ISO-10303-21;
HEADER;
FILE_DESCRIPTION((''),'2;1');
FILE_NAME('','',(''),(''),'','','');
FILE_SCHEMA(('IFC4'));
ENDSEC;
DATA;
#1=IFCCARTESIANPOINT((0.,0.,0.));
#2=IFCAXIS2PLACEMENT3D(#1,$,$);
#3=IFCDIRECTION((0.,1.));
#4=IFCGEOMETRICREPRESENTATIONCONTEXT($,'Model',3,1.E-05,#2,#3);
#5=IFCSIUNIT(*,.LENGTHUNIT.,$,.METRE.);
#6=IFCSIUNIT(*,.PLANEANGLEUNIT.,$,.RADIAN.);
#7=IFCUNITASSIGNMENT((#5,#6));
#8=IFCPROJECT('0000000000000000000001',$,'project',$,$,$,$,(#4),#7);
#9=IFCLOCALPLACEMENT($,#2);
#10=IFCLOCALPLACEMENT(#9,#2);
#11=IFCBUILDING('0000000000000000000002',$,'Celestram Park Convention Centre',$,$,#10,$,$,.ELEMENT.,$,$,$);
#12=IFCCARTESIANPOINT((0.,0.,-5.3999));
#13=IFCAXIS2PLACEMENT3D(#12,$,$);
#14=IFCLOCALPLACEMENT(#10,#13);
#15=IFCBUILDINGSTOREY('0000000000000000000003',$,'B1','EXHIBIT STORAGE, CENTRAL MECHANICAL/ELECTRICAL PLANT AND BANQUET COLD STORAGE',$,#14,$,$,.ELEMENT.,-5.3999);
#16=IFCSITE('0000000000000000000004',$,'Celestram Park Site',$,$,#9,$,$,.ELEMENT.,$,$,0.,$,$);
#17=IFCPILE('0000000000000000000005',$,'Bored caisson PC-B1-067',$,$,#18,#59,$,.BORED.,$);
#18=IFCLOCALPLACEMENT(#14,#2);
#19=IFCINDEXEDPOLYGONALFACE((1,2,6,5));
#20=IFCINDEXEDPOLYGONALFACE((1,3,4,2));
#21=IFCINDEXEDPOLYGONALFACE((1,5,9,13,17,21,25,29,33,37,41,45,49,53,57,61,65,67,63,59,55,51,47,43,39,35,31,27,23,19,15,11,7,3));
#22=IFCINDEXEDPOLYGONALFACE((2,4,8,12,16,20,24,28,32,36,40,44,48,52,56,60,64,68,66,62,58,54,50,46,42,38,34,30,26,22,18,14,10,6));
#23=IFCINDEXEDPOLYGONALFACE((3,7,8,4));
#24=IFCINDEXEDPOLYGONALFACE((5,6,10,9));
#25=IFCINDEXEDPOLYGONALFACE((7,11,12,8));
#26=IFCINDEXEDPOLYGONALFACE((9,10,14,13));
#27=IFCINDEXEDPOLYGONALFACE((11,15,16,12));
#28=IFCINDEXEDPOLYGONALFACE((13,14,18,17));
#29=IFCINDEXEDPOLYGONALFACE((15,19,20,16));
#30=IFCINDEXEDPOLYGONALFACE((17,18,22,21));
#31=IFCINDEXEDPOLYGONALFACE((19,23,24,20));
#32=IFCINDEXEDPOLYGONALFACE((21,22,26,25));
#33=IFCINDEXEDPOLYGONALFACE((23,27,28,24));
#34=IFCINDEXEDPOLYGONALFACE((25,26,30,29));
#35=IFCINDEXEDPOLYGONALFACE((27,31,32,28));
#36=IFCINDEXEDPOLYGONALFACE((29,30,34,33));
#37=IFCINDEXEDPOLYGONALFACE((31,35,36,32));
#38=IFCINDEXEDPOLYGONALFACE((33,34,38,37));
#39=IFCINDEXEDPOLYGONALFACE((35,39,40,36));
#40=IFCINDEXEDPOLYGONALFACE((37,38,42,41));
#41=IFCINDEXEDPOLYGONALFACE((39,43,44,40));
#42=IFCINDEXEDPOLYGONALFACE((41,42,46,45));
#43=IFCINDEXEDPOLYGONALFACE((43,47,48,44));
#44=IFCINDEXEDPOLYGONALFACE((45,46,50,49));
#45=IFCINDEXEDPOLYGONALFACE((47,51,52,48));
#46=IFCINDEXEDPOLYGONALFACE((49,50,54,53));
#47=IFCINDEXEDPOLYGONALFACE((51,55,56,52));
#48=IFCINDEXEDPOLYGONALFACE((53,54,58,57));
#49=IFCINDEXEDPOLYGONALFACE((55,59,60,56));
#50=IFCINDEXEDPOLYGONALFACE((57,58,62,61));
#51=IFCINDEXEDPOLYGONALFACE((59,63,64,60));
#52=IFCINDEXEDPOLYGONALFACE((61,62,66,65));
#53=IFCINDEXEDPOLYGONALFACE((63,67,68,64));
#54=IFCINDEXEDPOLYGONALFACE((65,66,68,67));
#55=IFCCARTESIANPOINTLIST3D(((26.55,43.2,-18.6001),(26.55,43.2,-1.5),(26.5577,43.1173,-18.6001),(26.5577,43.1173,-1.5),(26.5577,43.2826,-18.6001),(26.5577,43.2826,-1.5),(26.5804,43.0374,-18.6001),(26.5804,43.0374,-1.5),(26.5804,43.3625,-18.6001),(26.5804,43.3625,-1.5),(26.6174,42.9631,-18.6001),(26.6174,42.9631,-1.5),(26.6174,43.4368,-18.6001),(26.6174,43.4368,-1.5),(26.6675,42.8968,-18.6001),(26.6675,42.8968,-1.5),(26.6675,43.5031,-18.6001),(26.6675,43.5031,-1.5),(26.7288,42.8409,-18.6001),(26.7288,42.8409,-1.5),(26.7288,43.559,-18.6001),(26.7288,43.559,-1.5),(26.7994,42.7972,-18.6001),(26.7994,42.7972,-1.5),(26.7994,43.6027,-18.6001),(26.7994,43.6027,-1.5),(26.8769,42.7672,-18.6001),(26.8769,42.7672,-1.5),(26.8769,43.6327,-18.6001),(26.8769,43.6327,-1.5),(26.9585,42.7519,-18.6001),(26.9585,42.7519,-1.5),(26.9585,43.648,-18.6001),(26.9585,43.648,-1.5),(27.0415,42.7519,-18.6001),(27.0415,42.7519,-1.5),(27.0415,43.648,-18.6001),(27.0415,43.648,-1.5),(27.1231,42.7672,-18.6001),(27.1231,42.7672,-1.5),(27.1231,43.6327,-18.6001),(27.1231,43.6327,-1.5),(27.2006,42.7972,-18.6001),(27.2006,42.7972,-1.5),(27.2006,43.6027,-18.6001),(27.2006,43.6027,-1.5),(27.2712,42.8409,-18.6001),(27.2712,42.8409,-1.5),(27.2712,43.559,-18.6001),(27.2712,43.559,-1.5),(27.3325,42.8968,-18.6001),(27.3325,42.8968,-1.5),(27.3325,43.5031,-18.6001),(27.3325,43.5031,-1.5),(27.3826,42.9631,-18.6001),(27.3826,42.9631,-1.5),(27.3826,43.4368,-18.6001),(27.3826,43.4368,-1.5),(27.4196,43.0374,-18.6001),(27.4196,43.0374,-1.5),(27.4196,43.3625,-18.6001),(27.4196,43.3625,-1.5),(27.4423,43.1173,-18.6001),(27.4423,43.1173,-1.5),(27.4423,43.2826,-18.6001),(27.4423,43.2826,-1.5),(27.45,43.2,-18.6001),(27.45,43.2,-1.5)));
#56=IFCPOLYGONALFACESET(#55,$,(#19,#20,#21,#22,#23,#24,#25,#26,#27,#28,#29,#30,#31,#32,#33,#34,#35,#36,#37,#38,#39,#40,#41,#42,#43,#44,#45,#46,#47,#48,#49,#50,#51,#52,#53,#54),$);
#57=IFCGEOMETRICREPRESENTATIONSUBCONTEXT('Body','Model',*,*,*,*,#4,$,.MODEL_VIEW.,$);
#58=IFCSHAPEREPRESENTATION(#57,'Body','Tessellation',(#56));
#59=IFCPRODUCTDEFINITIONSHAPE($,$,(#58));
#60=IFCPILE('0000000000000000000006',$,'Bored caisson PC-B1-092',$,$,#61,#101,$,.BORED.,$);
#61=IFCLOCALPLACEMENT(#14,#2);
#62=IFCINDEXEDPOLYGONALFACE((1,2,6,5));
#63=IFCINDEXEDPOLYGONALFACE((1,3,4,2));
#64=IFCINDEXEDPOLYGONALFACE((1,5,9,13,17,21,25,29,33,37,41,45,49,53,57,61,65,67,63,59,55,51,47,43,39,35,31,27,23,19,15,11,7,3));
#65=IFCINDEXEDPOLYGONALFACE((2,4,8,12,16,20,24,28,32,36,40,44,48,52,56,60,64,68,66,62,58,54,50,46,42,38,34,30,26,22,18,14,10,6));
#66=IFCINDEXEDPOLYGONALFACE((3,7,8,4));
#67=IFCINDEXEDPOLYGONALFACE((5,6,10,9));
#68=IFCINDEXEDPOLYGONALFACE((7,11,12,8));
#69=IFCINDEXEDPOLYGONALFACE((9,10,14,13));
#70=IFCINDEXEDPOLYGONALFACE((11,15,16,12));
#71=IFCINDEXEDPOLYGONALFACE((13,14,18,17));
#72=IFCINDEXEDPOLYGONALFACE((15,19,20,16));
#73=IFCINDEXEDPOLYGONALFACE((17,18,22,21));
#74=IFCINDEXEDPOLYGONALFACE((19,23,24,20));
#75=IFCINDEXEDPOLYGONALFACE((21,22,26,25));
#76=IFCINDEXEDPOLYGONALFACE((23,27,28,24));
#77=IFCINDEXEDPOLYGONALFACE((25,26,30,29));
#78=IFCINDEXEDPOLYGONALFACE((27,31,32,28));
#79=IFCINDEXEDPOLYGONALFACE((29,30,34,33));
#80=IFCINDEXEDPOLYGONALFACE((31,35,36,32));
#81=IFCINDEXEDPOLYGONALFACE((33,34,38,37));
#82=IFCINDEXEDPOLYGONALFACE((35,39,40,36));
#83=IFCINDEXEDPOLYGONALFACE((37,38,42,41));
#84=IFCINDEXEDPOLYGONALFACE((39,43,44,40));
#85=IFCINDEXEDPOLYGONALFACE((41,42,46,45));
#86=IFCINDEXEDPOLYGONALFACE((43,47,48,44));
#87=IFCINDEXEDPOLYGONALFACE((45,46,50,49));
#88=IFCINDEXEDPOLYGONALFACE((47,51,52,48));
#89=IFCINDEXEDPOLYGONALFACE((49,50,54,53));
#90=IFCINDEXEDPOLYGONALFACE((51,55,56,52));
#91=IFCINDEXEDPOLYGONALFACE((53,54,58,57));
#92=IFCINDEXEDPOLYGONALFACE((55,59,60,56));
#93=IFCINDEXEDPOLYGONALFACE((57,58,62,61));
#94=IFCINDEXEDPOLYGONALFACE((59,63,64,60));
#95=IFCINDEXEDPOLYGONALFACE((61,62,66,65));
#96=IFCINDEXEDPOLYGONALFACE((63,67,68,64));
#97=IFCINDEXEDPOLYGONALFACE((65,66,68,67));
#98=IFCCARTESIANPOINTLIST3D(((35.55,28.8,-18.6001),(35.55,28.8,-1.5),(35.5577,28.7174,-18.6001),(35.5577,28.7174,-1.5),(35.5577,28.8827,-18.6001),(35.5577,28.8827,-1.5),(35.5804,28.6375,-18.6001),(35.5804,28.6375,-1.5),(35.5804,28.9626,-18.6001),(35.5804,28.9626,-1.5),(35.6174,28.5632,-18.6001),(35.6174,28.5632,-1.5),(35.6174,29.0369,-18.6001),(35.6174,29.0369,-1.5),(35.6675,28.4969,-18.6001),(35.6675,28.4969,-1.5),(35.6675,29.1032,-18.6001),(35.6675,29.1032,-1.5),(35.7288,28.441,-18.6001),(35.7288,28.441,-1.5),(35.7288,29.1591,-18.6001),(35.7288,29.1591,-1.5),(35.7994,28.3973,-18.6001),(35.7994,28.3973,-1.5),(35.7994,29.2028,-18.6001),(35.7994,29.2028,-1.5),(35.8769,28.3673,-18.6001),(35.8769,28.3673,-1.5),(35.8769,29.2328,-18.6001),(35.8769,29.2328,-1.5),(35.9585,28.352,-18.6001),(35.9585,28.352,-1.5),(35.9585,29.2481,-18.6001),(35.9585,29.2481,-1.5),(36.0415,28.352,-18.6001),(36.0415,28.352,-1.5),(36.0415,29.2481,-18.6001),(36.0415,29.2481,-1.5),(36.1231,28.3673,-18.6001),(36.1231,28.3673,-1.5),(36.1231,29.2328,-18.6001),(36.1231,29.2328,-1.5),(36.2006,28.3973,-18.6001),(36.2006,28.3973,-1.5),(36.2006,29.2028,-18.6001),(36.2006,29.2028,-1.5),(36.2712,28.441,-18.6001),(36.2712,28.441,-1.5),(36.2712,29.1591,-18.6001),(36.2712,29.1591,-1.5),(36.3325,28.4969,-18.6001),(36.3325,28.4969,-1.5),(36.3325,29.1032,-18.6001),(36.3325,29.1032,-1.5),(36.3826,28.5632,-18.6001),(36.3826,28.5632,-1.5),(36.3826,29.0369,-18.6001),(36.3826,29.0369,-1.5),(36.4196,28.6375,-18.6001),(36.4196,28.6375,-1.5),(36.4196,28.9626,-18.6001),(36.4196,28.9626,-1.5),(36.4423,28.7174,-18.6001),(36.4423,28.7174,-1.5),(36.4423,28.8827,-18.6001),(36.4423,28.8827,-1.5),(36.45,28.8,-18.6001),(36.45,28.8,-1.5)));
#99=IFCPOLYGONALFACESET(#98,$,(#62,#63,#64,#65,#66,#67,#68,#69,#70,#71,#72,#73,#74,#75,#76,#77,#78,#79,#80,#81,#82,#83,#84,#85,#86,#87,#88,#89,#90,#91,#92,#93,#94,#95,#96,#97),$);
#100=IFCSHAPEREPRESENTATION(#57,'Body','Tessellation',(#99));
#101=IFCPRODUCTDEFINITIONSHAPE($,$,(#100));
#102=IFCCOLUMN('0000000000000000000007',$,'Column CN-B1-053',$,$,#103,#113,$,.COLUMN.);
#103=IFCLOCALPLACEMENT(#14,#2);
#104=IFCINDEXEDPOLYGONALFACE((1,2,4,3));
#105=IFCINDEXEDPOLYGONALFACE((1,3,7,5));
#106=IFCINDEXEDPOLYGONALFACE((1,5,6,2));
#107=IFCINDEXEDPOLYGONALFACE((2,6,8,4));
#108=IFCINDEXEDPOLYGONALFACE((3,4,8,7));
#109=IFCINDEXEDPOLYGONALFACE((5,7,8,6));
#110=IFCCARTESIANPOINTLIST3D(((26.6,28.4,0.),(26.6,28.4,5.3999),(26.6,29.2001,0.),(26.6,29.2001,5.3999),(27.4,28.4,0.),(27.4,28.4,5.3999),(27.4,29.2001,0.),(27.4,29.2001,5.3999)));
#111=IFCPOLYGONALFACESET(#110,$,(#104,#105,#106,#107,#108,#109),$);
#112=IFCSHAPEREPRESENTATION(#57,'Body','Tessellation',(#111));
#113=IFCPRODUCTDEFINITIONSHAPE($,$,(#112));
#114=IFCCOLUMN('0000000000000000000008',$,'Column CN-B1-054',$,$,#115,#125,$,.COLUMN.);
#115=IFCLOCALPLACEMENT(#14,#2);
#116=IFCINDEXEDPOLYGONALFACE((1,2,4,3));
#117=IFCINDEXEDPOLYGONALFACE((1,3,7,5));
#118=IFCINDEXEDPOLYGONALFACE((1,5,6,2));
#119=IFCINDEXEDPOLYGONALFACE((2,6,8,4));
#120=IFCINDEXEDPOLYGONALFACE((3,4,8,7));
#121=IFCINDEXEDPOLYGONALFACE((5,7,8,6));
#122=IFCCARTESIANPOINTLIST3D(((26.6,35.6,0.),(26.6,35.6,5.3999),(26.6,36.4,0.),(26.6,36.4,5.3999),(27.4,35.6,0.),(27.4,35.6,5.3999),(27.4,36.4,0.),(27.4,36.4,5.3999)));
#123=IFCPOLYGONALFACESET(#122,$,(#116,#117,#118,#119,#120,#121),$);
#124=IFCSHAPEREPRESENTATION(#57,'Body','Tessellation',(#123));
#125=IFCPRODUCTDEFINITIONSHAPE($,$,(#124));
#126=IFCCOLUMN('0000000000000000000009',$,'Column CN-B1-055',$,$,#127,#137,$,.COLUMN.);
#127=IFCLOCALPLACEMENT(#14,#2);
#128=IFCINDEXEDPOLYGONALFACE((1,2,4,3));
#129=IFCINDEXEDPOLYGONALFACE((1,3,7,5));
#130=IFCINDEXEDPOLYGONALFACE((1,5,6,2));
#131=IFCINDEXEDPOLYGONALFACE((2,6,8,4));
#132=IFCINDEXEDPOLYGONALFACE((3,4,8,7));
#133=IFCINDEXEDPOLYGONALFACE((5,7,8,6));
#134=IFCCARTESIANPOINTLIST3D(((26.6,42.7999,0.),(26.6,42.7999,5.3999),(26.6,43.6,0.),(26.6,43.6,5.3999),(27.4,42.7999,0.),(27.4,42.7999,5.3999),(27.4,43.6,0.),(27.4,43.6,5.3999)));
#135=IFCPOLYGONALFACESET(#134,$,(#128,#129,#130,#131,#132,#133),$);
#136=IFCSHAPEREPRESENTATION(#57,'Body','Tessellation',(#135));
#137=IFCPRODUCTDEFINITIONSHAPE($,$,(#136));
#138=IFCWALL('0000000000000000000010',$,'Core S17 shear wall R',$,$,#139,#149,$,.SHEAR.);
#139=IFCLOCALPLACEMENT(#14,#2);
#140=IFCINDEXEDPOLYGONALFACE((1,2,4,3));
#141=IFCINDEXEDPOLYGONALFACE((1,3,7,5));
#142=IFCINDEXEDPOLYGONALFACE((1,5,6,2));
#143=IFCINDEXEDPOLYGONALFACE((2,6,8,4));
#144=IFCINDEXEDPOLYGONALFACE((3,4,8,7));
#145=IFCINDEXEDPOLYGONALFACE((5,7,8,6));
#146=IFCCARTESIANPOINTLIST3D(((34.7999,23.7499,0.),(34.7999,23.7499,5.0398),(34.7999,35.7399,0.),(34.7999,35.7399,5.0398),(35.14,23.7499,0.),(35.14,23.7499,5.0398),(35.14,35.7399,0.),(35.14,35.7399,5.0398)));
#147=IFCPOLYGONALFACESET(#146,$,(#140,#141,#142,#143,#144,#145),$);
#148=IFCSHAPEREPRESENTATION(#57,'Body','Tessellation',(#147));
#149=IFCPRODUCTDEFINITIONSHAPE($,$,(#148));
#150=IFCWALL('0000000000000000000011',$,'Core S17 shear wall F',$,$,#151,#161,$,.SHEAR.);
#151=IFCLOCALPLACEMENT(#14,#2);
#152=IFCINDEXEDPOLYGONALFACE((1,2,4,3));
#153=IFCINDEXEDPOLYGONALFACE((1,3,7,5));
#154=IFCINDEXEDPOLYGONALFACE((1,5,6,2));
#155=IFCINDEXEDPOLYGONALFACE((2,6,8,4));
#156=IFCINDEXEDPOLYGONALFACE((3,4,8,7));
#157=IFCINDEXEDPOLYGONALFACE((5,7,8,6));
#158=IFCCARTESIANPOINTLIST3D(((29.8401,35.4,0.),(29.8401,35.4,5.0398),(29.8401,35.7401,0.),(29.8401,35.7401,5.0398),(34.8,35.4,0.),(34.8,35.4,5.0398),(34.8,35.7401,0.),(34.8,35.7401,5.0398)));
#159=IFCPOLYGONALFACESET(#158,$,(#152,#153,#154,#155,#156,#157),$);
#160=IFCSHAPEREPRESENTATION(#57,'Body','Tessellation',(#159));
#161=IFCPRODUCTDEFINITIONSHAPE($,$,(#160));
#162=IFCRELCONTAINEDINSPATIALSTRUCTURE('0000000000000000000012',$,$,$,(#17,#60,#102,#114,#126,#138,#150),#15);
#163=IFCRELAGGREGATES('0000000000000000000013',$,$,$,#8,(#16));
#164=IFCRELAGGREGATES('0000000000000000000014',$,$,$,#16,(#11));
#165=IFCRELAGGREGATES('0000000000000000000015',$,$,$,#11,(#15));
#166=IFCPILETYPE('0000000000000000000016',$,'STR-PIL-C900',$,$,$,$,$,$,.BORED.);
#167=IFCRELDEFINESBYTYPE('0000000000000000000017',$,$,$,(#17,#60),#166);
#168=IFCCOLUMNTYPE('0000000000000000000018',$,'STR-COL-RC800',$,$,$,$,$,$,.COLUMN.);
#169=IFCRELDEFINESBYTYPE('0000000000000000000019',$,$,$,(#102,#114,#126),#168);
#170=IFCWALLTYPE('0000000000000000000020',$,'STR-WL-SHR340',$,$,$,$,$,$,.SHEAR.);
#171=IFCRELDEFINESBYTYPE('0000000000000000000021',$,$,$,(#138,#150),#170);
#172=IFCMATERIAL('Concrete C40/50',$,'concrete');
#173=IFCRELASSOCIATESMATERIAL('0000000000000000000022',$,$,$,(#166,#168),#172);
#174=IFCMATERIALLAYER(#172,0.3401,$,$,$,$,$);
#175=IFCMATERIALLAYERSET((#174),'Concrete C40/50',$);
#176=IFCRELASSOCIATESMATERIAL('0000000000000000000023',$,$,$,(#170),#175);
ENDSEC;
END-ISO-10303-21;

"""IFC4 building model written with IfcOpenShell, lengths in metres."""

from ifc_helpers import new_model, si_unit, direction, frame, frame_2d, origin, origin_2d, place, context, subcontext, project, spatial, rectangle, circle, extrude, material, layer, layer_set, material_profile, profile_set, type_object, element, save


model = new_model("IFC4")

# Units and contexts
model_context = context("Model", 3, precision=1e-05, world=origin(), true_north=direction((0.0, 1.0)))
body_context = subcontext(model_context, "Body", "Model", "MODEL_VIEW")
ifc_project = project(units=[si_unit("LENGTHUNIT", "METRE"), si_unit("PLANEANGLEUNIT", "RADIAN")], contexts=[model_context])

# Site, building, storey
site_placement = place(None, origin())
site = spatial("IfcSite", under=ifc_project, at=site_placement, Name="Celestram Park Site", CompositionType="ELEMENT", RefElevation=0.0)
building_placement = place(site_placement, origin())
building = spatial("IfcBuilding", under=site, at=building_placement, Name="Celestram Park Convention Centre", CompositionType="ELEMENT")
storey_placement = place(building_placement, frame((0.0, 0.0, -5.3999)))
storey = spatial("IfcBuildingStorey", under=building, at=storey_placement, Name="B1", Description="EXHIBIT STORAGE, CENTRAL MECHANICAL/ELECTRICAL PLANT AND BANQUET COLD STORAGE", CompositionType="ELEMENT", Elevation=-5.3999)

# Shared definitions
ifc_material_1 = material(Name="Concrete C40/50", Category="concrete")

# Piles
ifc_material_profile_1 = material_profile(ifc_material_1, circle(Radius=0.45, at=origin_2d()), Name="CAISSON900")
ifc_profile_set_1 = profile_set([ifc_material_profile_1], Name="Concrete C40/50")
pile_type = type_object("IfcPileType", Name="STR-PIL-C900", PredefinedType="BORED", material=ifc_profile_set_1)
for number, where, z_axis, x_axis, name in (
    (1, (27.0, 43.2, -1.5), (0.0, 0.0, -1.0), (1.0, 0.0, 0.0), "Bored caisson PC-B1-067"),
    (2, (36.0, 28.8, -1.5), (0.0, 0.0, -1.0), (1.0, 0.0, 0.0), "Bored caisson PC-B1-092"),
):
    element("IfcPile", number, at=place(storey_placement, frame(where, z_axis=z_axis, x_axis=x_axis)), inside=storey, type_object=pile_type, Name=name, PredefinedType="BORED", context=body_context, shape_type="SweptSolid", body=[
        extrude(circle(Radius=0.45, at=origin_2d()), origin(), (0.0, 0.0, 1.0), 17.1001),
    ])

# Columns
ifc_material_profile_2 = material_profile(ifc_material_1, rectangle(XDim=0.8, YDim=0.8, at=origin_2d()), Name="RC800X800")
ifc_profile_set_2 = profile_set([ifc_material_profile_2], Name="Concrete C40/50")
column_type = type_object("IfcColumnType", Name="STR-COL-RC800", PredefinedType="COLUMN", material=ifc_profile_set_2)
for number, where, z_axis, x_axis, name in (
    (3, (27.0, 28.8, 0.0), (0.0, 0.0, 1.0), (1.0, 0.0, 0.0), "Column CN-B1-053"),
    (4, (27.0, 36.0, 0.0), (0.0, 0.0, 1.0), (1.0, 0.0, 0.0), "Column CN-B1-054"),
    (5, (27.0, 43.2, 0.0), (0.0, 0.0, 1.0), (1.0, 0.0, 0.0), "Column CN-B1-055"),
):
    element("IfcColumn", number, at=place(storey_placement, frame(where, z_axis=z_axis, x_axis=x_axis)), inside=storey, type_object=column_type, Name=name, PredefinedType="COLUMN", context=body_context, shape_type="SweptSolid", body=[
        extrude(rectangle(XDim=0.8, YDim=0.8, at=origin_2d()), origin(), (0.0, 0.0, 1.0), 5.3999),
    ])

# Walls
ifc_layer_1 = layer(ifc_material_1, 0.3401)
ifc_layer_set_1 = layer_set([ifc_layer_1], Name="Concrete C40/50")
wall_type = type_object("IfcWallType", Name="STR-WL-SHR340", PredefinedType="SHEAR", material=ifc_layer_set_1)
wall_1_placement = place(storey_placement, frame((34.97, 35.74, 0.0), z_axis=(0.0, 0.0, 1.0), x_axis=(0.0, -1.0, 0.0)))
element("IfcWall", 6, at=wall_1_placement, inside=storey, type_object=wall_type, Name="Core S17 shear wall R", PredefinedType="SHEAR", context=body_context, shape_type="SweptSolid", body=[
    extrude(rectangle(XDim=11.99, YDim=0.3401, at=frame_2d((5.9951, 0.0))), origin(), (0.0, 0.0, 1.0), 5.0398),
])
wall_2_placement = place(storey_placement, frame((29.8401, 35.5701, 0.0), z_axis=(0.0, 0.0, 1.0), x_axis=(1.0, 0.0, 0.0)))
element("IfcWall", 7, at=wall_2_placement, inside=storey, type_object=wall_type, Name="Core S17 shear wall F", PredefinedType="SHEAR", context=body_context, shape_type="SweptSolid", body=[
    extrude(rectangle(XDim=4.96, YDim=0.3401, at=frame_2d((2.48, 0.0))), origin(), (0.0, 0.0, 1.0), 5.0398),
])

save(model, "model.ifc")
